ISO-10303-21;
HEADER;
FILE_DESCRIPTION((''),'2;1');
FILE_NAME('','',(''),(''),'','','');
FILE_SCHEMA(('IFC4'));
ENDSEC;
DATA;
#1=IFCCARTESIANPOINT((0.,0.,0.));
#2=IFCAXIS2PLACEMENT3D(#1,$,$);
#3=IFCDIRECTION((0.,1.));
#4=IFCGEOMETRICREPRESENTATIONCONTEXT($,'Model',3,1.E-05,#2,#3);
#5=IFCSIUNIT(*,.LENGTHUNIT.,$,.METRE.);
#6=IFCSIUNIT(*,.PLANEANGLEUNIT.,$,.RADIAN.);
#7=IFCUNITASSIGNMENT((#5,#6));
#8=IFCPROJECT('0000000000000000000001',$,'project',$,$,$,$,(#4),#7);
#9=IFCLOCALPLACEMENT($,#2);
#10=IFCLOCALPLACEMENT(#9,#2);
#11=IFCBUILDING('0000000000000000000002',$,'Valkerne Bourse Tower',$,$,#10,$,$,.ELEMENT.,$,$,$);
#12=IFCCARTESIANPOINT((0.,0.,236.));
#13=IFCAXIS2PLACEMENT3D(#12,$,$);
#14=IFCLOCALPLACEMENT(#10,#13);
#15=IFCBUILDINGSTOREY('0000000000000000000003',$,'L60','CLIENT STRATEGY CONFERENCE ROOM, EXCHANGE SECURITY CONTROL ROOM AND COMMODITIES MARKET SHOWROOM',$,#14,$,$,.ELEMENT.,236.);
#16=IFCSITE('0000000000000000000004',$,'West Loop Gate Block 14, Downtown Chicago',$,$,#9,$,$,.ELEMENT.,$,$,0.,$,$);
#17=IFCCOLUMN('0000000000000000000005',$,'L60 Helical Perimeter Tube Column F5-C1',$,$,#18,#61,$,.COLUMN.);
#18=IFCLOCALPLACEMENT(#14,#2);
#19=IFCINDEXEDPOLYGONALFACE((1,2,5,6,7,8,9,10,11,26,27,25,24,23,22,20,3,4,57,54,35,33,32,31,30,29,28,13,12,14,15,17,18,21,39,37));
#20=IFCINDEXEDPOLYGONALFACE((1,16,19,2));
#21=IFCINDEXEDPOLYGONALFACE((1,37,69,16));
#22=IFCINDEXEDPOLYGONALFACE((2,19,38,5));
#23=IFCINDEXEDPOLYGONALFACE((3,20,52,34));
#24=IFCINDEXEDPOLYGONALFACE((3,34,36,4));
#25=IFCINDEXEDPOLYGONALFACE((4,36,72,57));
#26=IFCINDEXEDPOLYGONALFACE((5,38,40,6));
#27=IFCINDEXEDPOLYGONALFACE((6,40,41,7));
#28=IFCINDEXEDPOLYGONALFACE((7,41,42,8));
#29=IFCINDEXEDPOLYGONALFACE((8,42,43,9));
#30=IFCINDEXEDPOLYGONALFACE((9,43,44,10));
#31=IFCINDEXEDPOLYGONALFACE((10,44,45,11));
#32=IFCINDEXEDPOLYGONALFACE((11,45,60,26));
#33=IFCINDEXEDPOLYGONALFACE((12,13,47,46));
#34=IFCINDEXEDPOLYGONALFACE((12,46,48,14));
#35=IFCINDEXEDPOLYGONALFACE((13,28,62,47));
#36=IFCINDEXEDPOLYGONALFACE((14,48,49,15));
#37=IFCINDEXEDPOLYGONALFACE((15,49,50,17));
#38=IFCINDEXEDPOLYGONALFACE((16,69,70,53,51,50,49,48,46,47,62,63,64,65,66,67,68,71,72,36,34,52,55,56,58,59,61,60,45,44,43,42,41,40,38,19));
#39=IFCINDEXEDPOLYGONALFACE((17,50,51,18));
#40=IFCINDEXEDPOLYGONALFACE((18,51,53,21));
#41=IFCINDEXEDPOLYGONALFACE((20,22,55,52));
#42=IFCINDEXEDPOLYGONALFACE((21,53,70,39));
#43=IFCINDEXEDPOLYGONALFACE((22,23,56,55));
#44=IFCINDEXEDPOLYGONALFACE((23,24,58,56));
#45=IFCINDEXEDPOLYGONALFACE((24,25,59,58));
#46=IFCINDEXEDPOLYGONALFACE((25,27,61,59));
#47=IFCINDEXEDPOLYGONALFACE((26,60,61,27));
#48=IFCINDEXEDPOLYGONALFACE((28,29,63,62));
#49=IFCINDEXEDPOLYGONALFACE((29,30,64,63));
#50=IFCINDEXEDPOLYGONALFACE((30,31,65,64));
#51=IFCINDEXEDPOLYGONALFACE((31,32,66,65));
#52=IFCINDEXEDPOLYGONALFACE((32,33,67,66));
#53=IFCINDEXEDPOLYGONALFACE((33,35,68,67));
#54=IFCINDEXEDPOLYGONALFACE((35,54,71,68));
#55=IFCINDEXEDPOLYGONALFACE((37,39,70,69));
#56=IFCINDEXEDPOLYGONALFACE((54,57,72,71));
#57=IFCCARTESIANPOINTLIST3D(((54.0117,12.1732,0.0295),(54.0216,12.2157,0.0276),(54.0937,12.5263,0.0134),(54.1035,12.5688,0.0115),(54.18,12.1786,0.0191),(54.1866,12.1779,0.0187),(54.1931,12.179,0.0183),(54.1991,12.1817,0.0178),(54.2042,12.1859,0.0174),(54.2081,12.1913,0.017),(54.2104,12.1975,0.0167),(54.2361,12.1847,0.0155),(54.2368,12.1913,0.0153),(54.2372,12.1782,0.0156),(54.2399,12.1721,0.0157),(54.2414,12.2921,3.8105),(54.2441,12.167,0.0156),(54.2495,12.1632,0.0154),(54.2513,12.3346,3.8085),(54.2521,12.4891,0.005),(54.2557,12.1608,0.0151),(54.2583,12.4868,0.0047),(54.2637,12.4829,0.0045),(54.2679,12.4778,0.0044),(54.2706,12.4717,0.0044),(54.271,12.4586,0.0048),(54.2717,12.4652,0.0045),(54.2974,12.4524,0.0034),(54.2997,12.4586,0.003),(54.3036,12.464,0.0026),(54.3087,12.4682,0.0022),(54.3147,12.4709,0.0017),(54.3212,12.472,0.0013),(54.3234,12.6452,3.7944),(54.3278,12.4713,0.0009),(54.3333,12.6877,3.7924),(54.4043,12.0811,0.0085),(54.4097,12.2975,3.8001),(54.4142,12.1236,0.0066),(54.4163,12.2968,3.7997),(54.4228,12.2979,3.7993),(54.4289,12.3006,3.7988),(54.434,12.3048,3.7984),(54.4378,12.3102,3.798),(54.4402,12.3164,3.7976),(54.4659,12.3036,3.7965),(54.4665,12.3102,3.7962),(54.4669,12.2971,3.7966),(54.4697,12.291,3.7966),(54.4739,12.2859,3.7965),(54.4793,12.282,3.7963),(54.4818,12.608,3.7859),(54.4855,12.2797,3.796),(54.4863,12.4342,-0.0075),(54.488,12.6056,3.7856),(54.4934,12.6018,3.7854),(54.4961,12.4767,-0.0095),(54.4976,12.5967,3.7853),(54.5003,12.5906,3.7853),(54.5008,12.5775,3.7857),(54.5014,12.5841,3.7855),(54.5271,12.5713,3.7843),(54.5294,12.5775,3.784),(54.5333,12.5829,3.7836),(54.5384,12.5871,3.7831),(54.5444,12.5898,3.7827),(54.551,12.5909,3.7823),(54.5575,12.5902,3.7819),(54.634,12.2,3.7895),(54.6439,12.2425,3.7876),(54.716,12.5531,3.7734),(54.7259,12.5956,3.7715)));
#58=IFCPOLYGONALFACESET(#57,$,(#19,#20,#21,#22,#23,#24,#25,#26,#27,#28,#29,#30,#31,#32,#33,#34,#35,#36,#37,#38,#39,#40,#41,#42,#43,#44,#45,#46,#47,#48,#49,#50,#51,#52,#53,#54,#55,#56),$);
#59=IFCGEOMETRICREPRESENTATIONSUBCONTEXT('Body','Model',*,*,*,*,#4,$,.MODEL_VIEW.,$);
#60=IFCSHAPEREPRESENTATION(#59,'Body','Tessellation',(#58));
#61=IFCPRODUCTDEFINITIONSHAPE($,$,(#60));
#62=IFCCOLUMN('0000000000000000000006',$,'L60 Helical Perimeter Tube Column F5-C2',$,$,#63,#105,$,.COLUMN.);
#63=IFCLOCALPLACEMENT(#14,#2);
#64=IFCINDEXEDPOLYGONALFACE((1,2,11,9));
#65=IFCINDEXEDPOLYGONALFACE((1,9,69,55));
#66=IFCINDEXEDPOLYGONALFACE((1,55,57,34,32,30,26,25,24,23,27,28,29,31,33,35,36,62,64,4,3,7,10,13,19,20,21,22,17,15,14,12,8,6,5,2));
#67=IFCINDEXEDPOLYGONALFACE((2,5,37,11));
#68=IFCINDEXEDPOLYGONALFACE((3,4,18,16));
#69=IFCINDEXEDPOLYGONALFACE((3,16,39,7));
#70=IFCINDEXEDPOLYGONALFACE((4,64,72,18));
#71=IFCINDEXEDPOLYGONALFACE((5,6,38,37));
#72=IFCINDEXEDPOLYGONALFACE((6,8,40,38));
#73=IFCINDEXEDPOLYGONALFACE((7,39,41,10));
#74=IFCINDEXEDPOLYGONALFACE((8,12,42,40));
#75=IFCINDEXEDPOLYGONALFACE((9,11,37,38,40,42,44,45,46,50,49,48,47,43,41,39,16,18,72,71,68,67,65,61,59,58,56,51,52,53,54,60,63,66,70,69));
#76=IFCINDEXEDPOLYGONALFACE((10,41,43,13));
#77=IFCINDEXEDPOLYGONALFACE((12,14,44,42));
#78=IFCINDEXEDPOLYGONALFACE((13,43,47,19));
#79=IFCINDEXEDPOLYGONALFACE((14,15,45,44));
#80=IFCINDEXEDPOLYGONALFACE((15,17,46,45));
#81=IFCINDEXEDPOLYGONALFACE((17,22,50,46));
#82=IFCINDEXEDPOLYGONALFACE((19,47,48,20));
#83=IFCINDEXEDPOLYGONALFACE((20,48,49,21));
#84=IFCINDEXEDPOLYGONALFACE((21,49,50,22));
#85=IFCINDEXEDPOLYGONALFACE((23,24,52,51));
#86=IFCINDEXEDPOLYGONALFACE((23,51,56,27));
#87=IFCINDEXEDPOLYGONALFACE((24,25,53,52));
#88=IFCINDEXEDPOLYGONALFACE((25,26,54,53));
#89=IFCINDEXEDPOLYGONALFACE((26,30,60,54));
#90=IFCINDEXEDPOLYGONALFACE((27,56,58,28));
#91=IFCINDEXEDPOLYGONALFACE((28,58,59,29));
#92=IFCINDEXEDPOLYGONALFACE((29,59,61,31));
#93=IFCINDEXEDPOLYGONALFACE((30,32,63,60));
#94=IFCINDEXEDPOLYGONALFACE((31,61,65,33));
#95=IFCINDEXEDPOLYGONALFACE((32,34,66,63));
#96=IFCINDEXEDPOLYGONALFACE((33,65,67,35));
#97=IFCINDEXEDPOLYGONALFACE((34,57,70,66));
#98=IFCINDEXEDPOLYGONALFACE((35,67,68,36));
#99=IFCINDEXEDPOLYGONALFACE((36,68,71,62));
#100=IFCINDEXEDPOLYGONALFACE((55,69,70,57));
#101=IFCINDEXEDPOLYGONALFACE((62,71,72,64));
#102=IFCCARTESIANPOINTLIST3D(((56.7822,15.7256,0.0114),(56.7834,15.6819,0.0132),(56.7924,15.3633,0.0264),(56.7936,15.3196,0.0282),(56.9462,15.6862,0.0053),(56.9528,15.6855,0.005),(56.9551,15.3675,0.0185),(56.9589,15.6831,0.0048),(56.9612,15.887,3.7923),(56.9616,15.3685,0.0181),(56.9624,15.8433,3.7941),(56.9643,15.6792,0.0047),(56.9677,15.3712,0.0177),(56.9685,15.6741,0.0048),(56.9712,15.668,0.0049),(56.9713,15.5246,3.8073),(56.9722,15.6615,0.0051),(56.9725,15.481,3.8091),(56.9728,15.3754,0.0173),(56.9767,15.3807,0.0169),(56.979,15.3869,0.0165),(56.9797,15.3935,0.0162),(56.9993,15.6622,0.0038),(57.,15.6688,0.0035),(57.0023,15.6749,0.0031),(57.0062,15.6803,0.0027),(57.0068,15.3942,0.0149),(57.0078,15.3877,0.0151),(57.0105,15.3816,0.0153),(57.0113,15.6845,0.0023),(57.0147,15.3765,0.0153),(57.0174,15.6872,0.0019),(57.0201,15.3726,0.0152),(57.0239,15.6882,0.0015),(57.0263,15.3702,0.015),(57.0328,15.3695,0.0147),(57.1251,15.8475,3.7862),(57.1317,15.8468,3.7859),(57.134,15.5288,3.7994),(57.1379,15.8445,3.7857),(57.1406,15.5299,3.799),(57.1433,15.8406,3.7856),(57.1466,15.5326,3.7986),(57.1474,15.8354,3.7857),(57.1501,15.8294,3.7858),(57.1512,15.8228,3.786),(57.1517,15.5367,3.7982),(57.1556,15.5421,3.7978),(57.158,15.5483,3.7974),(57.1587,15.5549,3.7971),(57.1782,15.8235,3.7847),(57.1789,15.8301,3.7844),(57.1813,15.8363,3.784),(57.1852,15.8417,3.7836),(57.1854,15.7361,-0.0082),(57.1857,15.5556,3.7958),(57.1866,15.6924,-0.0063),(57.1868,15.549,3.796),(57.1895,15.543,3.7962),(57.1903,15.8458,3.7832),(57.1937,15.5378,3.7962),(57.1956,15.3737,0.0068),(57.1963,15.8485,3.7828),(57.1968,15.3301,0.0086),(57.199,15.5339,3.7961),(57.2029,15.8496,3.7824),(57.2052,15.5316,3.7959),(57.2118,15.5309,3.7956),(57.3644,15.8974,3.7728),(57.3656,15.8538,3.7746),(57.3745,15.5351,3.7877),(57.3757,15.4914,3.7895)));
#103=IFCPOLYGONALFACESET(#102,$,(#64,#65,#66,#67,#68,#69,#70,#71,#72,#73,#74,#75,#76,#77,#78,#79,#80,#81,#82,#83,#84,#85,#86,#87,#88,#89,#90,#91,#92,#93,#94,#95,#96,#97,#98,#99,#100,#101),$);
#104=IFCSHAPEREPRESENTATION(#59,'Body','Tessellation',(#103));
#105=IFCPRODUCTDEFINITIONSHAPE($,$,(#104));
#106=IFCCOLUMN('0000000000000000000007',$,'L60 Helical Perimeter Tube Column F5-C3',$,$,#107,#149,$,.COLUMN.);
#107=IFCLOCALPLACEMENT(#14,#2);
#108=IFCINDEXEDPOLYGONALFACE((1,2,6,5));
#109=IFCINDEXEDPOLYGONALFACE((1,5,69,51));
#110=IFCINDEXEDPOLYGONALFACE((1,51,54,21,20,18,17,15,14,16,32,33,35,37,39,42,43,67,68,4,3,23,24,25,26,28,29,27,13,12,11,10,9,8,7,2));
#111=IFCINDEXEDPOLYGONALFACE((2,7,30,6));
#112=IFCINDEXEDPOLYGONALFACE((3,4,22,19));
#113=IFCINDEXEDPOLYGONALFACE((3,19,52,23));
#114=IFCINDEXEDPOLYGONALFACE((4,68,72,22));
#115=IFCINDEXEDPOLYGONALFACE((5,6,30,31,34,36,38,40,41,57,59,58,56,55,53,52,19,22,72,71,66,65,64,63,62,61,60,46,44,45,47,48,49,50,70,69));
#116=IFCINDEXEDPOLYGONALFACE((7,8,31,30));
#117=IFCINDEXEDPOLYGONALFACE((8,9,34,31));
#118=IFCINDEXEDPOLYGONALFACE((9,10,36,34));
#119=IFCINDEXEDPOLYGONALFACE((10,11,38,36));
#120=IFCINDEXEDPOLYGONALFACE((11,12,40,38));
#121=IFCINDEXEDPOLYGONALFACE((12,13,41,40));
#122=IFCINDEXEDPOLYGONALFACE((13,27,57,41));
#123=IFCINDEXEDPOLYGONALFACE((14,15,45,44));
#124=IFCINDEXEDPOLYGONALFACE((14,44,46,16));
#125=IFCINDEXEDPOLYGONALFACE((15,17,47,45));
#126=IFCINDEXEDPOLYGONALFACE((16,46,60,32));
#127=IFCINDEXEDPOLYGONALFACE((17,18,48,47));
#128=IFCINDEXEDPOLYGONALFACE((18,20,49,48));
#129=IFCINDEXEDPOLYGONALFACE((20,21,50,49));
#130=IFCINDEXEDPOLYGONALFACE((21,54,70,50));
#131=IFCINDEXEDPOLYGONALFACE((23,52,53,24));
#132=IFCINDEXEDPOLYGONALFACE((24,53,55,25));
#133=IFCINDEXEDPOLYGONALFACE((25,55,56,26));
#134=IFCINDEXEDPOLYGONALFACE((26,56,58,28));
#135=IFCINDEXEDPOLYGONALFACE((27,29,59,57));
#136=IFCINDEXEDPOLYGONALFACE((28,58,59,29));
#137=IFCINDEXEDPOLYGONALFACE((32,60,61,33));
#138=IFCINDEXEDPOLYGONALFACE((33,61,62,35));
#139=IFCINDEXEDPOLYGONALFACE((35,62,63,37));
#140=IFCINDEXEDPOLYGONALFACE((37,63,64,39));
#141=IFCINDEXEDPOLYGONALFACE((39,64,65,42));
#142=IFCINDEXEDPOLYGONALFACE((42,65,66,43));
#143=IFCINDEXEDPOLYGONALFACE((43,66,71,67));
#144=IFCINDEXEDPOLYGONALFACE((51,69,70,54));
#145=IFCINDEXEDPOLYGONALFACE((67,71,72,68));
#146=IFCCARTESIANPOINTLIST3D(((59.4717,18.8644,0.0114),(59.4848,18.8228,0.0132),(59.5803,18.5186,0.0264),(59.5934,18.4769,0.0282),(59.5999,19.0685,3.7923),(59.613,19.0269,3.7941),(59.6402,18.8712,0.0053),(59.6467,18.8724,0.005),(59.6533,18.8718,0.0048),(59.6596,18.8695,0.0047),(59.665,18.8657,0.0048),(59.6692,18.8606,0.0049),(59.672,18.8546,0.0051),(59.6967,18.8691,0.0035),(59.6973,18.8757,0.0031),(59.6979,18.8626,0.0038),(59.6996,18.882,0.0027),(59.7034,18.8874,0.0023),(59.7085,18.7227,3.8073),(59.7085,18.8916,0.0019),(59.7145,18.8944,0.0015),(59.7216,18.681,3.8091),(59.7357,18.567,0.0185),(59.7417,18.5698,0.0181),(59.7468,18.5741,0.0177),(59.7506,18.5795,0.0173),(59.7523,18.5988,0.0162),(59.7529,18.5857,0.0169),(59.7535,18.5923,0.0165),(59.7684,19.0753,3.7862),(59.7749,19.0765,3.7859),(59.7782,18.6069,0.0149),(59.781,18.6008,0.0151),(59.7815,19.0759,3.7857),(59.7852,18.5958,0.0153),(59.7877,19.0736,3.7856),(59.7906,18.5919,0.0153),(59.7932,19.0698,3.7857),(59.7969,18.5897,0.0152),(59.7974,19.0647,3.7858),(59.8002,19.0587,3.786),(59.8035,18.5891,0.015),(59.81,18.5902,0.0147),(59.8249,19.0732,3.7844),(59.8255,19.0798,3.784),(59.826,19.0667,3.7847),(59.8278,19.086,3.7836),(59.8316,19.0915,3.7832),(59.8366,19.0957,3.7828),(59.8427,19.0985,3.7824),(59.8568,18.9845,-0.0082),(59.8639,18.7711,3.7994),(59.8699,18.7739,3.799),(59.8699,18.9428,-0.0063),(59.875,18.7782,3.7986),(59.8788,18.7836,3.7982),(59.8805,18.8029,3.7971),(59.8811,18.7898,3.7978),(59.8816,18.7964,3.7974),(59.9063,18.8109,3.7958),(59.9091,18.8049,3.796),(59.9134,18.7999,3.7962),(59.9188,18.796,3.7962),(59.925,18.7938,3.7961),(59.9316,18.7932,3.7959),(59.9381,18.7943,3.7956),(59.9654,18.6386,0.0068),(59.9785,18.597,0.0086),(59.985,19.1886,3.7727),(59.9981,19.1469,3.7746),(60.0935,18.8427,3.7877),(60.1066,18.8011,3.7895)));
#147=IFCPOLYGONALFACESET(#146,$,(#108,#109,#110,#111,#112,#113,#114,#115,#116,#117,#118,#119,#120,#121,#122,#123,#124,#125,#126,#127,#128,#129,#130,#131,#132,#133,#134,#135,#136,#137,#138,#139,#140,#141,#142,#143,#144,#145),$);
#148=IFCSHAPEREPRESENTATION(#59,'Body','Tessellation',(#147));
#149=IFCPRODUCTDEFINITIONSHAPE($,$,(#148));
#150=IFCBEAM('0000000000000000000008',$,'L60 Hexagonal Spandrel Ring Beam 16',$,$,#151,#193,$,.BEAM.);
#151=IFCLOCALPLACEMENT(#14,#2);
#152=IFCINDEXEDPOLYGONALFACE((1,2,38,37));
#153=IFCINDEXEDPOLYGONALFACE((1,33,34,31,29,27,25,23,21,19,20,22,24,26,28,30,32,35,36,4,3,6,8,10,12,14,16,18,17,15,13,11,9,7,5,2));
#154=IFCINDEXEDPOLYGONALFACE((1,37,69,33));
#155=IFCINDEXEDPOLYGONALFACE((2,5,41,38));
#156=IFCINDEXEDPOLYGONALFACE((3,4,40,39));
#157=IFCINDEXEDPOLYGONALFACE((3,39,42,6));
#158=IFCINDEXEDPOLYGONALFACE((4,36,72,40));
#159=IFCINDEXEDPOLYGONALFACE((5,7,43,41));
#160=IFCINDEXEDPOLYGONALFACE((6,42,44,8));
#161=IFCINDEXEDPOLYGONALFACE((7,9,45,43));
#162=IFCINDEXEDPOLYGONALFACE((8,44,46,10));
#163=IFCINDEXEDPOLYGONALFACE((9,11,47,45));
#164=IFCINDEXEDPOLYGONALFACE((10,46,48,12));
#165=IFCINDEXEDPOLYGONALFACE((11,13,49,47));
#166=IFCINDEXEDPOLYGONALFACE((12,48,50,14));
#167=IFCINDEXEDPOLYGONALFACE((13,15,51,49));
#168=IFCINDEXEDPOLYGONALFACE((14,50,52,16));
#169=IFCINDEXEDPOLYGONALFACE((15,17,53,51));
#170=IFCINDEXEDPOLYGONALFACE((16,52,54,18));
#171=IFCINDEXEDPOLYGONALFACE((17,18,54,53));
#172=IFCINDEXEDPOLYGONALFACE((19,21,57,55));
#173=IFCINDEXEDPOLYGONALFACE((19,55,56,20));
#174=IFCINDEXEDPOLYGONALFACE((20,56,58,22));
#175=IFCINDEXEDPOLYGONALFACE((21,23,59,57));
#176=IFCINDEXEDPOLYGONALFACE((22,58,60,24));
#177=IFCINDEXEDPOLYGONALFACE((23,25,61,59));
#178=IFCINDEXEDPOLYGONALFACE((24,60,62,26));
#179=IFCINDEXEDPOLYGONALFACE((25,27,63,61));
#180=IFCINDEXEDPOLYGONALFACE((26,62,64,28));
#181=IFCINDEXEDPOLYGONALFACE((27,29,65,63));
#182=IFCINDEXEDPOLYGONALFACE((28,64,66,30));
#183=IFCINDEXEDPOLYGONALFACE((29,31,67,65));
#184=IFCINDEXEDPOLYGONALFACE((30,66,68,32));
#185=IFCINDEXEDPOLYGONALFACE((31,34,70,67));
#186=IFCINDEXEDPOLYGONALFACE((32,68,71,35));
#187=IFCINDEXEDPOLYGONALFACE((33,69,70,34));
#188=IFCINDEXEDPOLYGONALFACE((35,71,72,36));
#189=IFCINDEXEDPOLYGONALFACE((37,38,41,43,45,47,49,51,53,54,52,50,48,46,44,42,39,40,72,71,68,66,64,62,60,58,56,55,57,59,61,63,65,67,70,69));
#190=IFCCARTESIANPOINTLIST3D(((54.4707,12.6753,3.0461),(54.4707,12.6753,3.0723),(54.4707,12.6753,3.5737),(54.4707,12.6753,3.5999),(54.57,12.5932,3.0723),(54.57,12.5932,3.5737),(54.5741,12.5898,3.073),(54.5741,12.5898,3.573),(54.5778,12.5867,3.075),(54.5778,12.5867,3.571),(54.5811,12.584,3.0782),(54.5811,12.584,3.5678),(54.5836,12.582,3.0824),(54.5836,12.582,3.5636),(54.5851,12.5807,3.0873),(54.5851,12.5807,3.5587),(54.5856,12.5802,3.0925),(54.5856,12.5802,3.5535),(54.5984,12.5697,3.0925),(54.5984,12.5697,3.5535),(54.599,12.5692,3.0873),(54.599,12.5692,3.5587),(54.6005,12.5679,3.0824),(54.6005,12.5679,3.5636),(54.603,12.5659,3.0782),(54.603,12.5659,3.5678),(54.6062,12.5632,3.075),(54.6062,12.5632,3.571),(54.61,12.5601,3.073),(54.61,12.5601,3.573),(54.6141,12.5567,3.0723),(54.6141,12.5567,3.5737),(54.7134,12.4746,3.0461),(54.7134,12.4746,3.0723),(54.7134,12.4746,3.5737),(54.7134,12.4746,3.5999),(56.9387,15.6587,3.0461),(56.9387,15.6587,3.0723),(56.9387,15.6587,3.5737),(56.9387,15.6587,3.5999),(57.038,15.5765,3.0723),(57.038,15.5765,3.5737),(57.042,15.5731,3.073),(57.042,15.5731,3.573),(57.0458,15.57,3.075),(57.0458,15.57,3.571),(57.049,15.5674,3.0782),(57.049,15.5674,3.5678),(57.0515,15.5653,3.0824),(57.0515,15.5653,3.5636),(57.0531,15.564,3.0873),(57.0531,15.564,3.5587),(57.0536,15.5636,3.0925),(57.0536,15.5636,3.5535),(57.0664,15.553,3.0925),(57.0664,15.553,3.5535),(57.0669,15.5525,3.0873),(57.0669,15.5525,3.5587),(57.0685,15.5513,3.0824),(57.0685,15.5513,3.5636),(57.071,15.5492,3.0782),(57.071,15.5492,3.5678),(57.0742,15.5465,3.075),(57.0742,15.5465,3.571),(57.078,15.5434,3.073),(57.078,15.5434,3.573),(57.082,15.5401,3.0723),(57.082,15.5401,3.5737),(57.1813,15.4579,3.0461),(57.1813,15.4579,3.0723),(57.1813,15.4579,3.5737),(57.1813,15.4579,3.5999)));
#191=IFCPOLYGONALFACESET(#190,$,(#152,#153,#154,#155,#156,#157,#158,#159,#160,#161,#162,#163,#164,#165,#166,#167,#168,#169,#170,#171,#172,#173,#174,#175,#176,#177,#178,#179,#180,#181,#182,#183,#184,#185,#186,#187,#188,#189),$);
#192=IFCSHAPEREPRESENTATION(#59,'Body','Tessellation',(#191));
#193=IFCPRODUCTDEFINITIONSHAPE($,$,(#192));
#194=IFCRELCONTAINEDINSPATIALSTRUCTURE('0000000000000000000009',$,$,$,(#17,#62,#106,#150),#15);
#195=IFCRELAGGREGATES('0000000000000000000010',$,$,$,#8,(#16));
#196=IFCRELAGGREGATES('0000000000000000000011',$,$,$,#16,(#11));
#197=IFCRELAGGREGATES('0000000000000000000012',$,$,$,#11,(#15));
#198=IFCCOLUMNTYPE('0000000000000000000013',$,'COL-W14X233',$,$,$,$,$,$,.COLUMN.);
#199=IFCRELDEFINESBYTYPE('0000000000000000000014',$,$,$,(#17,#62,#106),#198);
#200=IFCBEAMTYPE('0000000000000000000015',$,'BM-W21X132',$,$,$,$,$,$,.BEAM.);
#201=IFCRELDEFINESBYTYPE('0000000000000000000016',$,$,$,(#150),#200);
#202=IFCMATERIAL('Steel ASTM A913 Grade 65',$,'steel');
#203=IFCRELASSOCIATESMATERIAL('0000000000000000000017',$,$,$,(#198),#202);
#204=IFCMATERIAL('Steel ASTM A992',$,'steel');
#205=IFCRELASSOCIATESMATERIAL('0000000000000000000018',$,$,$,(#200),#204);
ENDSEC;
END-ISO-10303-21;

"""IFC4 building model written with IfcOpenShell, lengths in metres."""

from ifc_helpers import new_model, si_unit, direction, frame, origin, origin_2d, place, context, subcontext, project, spatial, i_section, extrude, material, material_profile, profile_set, type_object, element, save


model = new_model("IFC4")

# Units and contexts
model_context = context("Model", 3, precision=1e-05, world=origin(), true_north=direction((0.0, 1.0)))
body_context = subcontext(model_context, "Body", "Model", "MODEL_VIEW")
ifc_project = project(units=[si_unit("LENGTHUNIT", "METRE"), si_unit("PLANEANGLEUNIT", "RADIAN")], contexts=[model_context])

# Site, building, storey
site_placement = place(None, origin())
site = spatial("IfcSite", under=ifc_project, at=site_placement, Name="West Loop Gate Block 14, Downtown Chicago", CompositionType="ELEMENT", RefElevation=0.0)
building_placement = place(site_placement, origin())
building = spatial("IfcBuilding", under=site, at=building_placement, Name="Valkerne Bourse Tower", CompositionType="ELEMENT")
storey_placement = place(building_placement, frame((0.0, 0.0, 236.0)))
storey = spatial("IfcBuildingStorey", under=building, at=storey_placement, Name="L60", Description="CLIENT STRATEGY CONFERENCE ROOM, EXCHANGE SECURITY CONTROL ROOM AND COMMODITIES MARKET SHOWROOM", CompositionType="ELEMENT", Elevation=236.0)

# Columns
ifc_material_1 = material(Name="Steel ASTM A913 Grade 65", Category="steel")
ifc_material_profile_1 = material_profile(ifc_material_1, i_section(OverallWidth=0.4038, OverallDepth=0.4065, WebThickness=0.0271, FlangeThickness=0.0437, FilletRadius=0.0254, at=origin_2d()), Name="W14X233")
ifc_profile_set_1 = profile_set([ifc_material_profile_1], Name="Steel ASTM A913 Grade 65")
column_type = type_object("IfcColumnType", Name="COL-W14X233", PredefinedType="COLUMN", material=ifc_profile_set_1)
column_placement = place(storey_placement, frame((54.2539, 12.325, 0.01), z_axis=(0.060619, 0.031372, 0.997668), x_axis=(-0.972255, 0.228093, 0.051902)))
element("IfcColumn", 1, at=column_placement, inside=storey, type_object=column_type, Name="L60 Helical Perimeter Tube Column F5-C1", PredefinedType="COLUMN", context=body_context, shape_type="SweptSolid", body=[
    extrude(i_section(OverallWidth=0.4038, OverallDepth=0.4065, WebThickness=0.0271, FlangeThickness=0.0437, FilletRadius=0.0254, at=origin_2d()), origin(), (0.0, 0.0, 1.0), 3.7898),
])
for number, where, z_axis, x_axis, name in (
    (2, (56.9895, 15.5278, 0.01), (0.047234, 0.042595, 0.997975), (-0.998494, -0.025901, 0.048364), "L60 Helical Perimeter Tube Column F5-C2"),
    (3, (59.7251, 18.7307, 0.01), (0.033831, 0.053871, 0.997975), (-0.95357, -0.297263, 0.048372), "L60 Helical Perimeter Tube Column F5-C3"),
):
    element("IfcColumn", number, at=place(storey_placement, frame(where, z_axis=z_axis, x_axis=x_axis)), inside=storey, type_object=column_type, Name=name, PredefinedType="COLUMN", context=body_context, shape_type="SweptSolid", body=[
        extrude(i_section(OverallWidth=0.4038, OverallDepth=0.4065, WebThickness=0.0271, FlangeThickness=0.0437, FilletRadius=0.0254, at=origin_2d()), origin(), (0.0, 0.0, 1.0), 3.7886),
    ])

# Beam
ifc_material_2 = material(Name="Steel ASTM A992", Category="steel")
ifc_material_profile_2 = material_profile(ifc_material_2, i_section(OverallWidth=0.3149, OverallDepth=0.5537, WebThickness=0.0166, FlangeThickness=0.0261, FilletRadius=0.0203, at=origin_2d()), Name="W21X132")
ifc_profile_set_2 = profile_set([ifc_material_profile_2], Name="Steel ASTM A992")
beam_type = type_object("IfcBeamType", Name="BM-W21X132", PredefinedType="BEAM", material=ifc_profile_set_2)
for number, where, z_axis, x_axis, name in (
    (4, (54.592, 12.575, 3.323), (0.637414, 0.770521, 0.0), (-0.770521, 0.637414, 0.0), "L60 Hexagonal Spandrel Ring Beam 16"),
):
    element("IfcBeam", number, at=place(storey_placement, frame(where, z_axis=z_axis, x_axis=x_axis)), inside=storey, type_object=beam_type, Name=name, PredefinedType="BEAM", context=body_context, shape_type="SweptSolid", body=[
        extrude(i_section(OverallWidth=0.3149, OverallDepth=0.5537, WebThickness=0.0166, FlangeThickness=0.0261, FilletRadius=0.0203, at=origin_2d()), origin(), (0.0, 0.0, 1.0), 3.8718),
    ])

save(model, "model.ifc")
